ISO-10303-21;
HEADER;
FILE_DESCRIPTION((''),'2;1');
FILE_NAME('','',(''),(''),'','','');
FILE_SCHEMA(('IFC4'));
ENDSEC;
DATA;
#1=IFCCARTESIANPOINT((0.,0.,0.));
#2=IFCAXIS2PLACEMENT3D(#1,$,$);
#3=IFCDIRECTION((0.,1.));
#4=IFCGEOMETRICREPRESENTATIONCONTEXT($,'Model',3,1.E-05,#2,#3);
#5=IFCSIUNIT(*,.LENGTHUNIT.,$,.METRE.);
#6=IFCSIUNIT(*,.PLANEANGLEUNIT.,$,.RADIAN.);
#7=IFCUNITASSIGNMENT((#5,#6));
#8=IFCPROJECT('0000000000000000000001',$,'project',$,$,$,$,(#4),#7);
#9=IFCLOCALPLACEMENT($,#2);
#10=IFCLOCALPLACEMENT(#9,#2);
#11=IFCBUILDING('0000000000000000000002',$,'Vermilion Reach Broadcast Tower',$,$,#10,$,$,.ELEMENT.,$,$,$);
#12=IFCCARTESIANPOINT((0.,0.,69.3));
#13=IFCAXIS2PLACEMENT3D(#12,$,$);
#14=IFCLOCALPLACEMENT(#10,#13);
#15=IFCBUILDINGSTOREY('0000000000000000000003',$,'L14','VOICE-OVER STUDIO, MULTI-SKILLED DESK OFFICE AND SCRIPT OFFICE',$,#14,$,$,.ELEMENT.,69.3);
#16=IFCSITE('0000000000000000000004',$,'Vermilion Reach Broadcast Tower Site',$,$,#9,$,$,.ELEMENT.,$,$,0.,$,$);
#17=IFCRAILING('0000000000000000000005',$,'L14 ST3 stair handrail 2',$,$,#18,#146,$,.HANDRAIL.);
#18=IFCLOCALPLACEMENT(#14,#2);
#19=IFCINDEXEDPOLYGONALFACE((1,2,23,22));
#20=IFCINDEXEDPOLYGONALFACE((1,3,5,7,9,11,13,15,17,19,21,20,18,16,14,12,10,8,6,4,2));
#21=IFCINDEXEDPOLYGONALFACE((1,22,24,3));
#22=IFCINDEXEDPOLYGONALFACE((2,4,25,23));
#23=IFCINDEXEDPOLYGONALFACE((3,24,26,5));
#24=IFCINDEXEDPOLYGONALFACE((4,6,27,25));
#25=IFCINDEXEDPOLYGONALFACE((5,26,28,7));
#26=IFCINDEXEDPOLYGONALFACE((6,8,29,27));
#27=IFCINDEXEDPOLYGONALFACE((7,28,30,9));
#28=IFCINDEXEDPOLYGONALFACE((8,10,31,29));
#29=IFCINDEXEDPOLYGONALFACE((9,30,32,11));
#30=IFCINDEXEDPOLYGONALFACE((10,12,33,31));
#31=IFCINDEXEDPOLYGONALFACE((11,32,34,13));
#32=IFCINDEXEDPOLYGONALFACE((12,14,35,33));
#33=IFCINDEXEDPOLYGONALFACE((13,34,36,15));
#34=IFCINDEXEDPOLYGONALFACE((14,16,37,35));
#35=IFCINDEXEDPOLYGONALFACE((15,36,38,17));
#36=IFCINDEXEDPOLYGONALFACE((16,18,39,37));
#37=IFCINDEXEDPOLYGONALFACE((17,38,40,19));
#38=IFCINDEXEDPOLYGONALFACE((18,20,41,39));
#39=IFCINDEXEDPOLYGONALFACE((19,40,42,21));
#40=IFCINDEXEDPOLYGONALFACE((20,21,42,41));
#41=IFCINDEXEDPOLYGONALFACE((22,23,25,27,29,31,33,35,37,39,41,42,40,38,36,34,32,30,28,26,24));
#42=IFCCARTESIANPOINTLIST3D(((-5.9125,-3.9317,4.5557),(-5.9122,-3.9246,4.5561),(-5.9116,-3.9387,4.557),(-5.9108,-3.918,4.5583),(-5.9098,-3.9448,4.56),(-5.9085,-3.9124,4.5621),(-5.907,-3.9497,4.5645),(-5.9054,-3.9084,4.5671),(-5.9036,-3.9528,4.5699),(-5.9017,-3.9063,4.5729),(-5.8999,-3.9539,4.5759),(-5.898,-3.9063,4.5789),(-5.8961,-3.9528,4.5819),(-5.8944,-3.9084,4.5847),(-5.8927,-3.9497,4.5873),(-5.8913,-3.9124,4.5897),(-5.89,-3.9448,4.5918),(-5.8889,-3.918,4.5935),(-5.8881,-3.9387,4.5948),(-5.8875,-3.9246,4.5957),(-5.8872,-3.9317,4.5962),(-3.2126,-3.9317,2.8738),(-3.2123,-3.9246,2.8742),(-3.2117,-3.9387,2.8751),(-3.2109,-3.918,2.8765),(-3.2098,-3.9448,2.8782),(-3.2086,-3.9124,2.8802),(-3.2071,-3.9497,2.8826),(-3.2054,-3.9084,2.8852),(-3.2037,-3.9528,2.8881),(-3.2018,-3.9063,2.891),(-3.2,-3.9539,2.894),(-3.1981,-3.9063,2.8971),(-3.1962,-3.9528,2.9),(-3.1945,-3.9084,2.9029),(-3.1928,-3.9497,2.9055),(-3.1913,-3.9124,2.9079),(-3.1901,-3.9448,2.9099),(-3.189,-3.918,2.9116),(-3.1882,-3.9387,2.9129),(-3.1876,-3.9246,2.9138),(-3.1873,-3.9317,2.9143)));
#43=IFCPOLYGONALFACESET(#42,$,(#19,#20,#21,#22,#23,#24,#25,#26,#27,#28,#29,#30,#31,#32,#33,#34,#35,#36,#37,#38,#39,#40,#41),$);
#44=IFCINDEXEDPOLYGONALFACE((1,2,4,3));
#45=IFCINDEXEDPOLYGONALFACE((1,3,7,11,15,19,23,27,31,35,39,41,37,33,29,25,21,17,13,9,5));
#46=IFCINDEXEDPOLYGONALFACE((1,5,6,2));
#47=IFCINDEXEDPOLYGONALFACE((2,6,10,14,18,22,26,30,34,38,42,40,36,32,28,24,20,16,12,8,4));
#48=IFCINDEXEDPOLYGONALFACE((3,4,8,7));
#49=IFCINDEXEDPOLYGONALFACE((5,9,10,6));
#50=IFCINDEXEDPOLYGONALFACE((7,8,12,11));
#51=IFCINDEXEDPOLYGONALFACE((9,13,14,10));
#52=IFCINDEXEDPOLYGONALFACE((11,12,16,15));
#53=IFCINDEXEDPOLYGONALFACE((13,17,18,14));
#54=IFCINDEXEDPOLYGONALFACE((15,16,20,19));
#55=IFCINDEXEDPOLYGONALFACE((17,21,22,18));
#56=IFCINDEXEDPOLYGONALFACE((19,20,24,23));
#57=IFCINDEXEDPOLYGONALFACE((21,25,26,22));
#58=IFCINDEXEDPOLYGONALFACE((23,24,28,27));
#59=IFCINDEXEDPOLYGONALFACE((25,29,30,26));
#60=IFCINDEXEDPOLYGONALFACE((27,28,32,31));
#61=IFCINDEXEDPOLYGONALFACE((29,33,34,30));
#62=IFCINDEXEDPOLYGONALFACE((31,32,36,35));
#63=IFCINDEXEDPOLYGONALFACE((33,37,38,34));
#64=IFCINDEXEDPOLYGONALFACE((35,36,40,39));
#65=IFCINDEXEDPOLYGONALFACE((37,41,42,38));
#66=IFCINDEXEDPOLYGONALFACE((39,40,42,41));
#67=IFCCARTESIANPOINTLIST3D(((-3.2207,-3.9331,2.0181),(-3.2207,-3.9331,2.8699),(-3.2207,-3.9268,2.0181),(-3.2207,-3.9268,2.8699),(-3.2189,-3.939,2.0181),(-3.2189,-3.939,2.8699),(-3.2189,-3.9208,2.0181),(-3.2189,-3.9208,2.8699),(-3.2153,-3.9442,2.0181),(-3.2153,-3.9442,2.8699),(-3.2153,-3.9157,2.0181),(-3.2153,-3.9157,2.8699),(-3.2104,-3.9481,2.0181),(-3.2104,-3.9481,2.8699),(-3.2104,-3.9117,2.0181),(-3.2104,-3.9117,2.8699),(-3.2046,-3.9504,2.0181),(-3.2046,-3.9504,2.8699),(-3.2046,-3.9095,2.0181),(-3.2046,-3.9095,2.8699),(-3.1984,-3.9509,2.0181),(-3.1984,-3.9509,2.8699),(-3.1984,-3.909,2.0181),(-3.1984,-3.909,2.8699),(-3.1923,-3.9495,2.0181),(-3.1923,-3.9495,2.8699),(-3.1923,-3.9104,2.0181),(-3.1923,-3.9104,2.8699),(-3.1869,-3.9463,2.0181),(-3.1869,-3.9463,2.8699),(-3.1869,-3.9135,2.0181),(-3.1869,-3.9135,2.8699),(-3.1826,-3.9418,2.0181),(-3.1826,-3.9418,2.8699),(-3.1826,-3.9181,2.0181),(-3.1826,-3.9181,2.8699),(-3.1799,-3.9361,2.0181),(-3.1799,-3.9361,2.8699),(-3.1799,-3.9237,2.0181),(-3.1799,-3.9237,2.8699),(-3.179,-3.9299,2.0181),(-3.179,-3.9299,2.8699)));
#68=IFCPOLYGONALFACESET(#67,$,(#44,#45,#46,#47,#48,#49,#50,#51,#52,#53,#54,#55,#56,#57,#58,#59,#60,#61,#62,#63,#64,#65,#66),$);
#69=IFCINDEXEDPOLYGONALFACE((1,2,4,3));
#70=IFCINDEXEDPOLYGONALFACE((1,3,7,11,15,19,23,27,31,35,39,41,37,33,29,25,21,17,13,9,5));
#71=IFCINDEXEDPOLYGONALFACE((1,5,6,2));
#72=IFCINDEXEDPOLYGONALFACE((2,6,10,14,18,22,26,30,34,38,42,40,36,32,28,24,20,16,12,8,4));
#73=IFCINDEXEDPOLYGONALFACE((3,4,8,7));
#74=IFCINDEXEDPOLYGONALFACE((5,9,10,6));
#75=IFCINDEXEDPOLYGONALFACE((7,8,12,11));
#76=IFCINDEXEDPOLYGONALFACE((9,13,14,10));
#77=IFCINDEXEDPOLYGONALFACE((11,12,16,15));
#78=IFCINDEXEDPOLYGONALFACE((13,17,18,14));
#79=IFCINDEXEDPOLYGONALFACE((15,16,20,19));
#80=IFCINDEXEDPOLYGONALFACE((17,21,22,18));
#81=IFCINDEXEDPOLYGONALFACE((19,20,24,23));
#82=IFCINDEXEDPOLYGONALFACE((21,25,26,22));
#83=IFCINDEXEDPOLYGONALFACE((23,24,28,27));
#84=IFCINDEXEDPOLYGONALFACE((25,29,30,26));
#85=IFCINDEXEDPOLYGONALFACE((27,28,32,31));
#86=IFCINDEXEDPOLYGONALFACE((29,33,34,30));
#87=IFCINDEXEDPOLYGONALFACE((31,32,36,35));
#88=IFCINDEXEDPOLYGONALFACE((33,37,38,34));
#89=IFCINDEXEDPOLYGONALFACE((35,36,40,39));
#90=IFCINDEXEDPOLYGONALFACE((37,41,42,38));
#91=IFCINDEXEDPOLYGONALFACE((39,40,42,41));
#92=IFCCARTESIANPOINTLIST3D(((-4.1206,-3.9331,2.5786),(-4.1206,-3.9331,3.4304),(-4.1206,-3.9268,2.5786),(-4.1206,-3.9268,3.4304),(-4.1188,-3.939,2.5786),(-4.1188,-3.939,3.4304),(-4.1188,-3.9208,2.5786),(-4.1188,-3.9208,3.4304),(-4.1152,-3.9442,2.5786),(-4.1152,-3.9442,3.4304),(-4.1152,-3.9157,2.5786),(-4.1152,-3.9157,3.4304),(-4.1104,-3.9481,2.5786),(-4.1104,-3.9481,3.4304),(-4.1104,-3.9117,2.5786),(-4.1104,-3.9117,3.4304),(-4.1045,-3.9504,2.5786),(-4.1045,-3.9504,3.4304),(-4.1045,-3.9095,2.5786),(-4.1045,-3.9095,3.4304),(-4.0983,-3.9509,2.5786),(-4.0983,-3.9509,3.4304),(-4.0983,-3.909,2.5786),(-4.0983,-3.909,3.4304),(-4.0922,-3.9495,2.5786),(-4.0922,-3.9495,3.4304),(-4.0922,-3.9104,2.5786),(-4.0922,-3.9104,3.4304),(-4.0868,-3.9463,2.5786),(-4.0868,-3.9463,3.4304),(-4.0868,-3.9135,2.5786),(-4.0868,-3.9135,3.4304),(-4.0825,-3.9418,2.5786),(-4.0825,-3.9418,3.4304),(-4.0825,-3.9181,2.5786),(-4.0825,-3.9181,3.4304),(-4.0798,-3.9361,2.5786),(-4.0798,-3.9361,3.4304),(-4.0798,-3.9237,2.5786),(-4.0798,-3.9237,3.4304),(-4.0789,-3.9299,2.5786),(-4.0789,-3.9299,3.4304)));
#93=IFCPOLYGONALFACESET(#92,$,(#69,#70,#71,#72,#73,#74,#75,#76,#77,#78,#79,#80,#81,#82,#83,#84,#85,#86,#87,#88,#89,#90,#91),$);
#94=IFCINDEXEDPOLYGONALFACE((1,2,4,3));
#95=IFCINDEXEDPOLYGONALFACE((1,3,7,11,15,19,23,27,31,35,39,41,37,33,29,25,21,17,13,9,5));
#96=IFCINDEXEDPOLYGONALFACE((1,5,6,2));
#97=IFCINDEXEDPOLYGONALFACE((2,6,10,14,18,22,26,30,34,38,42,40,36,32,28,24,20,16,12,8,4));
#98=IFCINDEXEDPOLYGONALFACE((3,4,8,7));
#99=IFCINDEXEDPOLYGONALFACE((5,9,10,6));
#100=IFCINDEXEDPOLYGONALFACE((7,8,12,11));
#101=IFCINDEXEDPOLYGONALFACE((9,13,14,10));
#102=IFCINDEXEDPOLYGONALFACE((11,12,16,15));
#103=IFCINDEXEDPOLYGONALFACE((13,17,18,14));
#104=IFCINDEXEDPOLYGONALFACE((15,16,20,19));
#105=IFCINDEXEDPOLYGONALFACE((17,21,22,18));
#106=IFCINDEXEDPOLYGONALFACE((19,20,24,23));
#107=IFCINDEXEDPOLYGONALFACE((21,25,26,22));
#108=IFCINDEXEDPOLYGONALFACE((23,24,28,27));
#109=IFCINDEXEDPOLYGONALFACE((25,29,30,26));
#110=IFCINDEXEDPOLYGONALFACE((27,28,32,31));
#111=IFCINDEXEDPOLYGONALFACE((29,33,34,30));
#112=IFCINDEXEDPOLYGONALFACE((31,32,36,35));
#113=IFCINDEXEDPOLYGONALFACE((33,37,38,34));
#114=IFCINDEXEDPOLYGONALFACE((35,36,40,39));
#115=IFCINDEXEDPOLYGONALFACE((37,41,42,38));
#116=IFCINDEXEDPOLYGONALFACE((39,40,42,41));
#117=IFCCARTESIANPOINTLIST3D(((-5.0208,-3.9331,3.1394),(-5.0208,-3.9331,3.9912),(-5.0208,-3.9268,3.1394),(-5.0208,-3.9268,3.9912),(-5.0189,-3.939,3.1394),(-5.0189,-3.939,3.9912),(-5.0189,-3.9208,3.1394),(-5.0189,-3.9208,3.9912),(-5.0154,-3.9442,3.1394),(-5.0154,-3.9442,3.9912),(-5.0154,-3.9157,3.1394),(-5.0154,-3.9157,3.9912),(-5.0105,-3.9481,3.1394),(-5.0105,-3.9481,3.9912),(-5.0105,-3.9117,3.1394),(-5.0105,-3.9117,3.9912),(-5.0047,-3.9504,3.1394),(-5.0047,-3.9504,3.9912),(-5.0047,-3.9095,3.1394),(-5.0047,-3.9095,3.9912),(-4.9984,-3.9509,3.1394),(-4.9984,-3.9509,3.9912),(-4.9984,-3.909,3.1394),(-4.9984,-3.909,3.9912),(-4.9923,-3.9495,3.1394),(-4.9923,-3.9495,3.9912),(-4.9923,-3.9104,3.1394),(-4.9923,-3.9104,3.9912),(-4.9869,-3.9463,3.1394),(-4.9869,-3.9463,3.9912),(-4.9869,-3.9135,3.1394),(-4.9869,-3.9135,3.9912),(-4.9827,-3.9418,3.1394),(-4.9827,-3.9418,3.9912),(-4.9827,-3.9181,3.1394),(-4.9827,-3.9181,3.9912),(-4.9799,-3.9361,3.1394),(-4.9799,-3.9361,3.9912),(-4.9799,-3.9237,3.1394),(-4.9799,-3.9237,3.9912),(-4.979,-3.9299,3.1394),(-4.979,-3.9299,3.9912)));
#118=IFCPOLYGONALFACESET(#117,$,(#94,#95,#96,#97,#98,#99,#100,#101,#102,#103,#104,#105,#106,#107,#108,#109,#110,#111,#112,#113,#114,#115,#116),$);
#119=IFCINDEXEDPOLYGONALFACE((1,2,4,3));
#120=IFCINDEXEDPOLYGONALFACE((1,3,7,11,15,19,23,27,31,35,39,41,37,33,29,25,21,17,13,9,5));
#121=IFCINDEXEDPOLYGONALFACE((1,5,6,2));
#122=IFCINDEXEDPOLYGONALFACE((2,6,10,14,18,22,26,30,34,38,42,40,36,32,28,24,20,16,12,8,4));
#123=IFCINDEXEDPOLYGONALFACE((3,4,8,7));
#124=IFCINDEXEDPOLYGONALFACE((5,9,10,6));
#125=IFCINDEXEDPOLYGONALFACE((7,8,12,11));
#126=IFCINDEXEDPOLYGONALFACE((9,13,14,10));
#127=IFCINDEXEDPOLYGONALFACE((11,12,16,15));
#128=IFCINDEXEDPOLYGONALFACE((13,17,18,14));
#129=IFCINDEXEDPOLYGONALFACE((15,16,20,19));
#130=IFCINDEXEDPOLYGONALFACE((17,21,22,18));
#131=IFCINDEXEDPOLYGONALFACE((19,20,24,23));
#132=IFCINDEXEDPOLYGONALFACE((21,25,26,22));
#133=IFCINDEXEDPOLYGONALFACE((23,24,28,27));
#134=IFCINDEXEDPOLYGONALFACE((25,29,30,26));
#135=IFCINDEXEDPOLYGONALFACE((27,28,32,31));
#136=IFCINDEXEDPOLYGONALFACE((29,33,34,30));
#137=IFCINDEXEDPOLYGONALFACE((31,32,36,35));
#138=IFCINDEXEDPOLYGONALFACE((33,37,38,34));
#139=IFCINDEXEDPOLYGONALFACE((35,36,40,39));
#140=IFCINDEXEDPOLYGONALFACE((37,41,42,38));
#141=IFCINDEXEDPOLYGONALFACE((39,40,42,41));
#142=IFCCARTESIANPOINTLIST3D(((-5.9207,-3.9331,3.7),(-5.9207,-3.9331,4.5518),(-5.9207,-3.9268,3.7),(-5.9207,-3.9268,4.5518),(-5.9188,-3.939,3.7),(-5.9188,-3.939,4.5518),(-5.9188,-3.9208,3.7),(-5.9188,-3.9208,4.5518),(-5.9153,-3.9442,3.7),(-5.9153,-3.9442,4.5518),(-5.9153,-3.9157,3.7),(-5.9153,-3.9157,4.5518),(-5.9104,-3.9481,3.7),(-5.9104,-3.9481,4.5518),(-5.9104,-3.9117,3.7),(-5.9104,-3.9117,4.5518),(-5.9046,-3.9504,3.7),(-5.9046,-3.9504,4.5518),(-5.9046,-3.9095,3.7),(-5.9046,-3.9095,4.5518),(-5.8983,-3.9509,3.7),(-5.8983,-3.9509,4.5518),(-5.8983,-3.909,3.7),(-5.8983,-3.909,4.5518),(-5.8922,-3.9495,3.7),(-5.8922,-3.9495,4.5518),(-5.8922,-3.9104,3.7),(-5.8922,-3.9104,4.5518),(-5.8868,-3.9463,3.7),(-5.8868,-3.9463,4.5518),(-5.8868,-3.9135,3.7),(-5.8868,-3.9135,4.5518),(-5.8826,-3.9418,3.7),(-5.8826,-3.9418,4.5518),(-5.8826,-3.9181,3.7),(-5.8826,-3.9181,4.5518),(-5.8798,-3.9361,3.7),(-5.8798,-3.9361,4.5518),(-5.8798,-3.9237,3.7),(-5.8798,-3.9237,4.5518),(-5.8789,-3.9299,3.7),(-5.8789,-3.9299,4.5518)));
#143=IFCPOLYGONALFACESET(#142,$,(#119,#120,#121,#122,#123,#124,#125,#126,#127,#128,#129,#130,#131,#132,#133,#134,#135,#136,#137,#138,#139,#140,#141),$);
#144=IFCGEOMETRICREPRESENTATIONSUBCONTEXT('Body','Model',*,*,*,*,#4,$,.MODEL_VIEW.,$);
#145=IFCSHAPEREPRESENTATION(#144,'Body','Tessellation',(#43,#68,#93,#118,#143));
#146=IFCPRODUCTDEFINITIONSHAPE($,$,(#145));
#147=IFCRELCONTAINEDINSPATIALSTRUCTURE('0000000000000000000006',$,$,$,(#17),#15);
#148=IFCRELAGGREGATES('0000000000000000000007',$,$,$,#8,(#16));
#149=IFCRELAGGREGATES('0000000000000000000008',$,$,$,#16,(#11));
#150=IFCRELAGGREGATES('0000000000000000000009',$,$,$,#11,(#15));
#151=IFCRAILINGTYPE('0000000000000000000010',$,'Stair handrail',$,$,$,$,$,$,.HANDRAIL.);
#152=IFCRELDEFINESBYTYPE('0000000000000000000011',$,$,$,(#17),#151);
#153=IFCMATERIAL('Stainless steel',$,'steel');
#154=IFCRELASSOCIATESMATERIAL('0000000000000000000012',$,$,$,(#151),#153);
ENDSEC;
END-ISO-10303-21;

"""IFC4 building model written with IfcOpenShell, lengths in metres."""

from ifc_helpers import new_model, si_unit, direction, frame, origin, origin_2d, place, context, subcontext, project, spatial, circle, extrude, material, type_object, element, save


model = new_model("IFC4")

# Units and contexts
model_context = context("Model", 3, precision=1e-05, world=origin(), true_north=direction((0.0, 1.0)))
body_context = subcontext(model_context, "Body", "Model", "MODEL_VIEW")
ifc_project = project(units=[si_unit("LENGTHUNIT", "METRE"), si_unit("PLANEANGLEUNIT", "RADIAN")], contexts=[model_context])

# Site, building, storey
site_placement = place(None, origin())
site = spatial("IfcSite", under=ifc_project, at=site_placement, Name="Vermilion Reach Broadcast Tower Site", CompositionType="ELEMENT", RefElevation=0.0)
building_placement = place(site_placement, origin())
building = spatial("IfcBuilding", under=site, at=building_placement, Name="Vermilion Reach Broadcast Tower", CompositionType="ELEMENT")
storey_placement = place(building_placement, frame((0.0, 0.0, 69.3)))
storey = spatial("IfcBuildingStorey", under=building, at=storey_placement, Name="L14", Description="VOICE-OVER STUDIO, MULTI-SKILLED DESK OFFICE AND SCRIPT OFFICE", CompositionType="ELEMENT", Elevation=69.3)

# Railing
ifc_material_1 = material(Name="Stainless steel", Category="steel")
railing_type_1 = type_object("IfcRailingType", Name="Stair handrail", PredefinedType="HANDRAIL", material=ifc_material_1)
railing_1_placement = place(storey_placement, frame((-3.2, -3.9299, 2.0181)))
element("IfcRailing", 1, at=railing_1_placement, inside=storey, type_object=railing_type_1, Name="L14 ST3 stair handrail 2", PredefinedType="HANDRAIL", context=body_context, shape_type="SweptSolid", body=[
    extrude(circle(Radius=0.0239, at=origin_2d()), frame((0.0, 0.0, 0.876), z_axis=(-0.848786, 0.0, 0.528736), x_axis=(0.0, -1.0, 0.0)), (0.0, 0.0, 1.0), 3.1809),
    extrude(circle(Radius=0.021, at=origin_2d()), origin(), (0.0, 0.0, 1.0), 0.8518),
    extrude(circle(Radius=0.021, at=origin_2d()), frame((-0.8999, 0.0, 0.5605)), (0.0, 0.0, 1.0), 0.8518),
    extrude(circle(Radius=0.021, at=origin_2d()), frame((-1.8, 0.0, 1.1213)), (0.0, 0.0, 1.0), 0.8518),
    extrude(circle(Radius=0.021, at=origin_2d()), frame((-2.7, 0.0, 1.6819)), (0.0, 0.0, 1.0), 0.8518),
])

save(model, "model.ifc")
